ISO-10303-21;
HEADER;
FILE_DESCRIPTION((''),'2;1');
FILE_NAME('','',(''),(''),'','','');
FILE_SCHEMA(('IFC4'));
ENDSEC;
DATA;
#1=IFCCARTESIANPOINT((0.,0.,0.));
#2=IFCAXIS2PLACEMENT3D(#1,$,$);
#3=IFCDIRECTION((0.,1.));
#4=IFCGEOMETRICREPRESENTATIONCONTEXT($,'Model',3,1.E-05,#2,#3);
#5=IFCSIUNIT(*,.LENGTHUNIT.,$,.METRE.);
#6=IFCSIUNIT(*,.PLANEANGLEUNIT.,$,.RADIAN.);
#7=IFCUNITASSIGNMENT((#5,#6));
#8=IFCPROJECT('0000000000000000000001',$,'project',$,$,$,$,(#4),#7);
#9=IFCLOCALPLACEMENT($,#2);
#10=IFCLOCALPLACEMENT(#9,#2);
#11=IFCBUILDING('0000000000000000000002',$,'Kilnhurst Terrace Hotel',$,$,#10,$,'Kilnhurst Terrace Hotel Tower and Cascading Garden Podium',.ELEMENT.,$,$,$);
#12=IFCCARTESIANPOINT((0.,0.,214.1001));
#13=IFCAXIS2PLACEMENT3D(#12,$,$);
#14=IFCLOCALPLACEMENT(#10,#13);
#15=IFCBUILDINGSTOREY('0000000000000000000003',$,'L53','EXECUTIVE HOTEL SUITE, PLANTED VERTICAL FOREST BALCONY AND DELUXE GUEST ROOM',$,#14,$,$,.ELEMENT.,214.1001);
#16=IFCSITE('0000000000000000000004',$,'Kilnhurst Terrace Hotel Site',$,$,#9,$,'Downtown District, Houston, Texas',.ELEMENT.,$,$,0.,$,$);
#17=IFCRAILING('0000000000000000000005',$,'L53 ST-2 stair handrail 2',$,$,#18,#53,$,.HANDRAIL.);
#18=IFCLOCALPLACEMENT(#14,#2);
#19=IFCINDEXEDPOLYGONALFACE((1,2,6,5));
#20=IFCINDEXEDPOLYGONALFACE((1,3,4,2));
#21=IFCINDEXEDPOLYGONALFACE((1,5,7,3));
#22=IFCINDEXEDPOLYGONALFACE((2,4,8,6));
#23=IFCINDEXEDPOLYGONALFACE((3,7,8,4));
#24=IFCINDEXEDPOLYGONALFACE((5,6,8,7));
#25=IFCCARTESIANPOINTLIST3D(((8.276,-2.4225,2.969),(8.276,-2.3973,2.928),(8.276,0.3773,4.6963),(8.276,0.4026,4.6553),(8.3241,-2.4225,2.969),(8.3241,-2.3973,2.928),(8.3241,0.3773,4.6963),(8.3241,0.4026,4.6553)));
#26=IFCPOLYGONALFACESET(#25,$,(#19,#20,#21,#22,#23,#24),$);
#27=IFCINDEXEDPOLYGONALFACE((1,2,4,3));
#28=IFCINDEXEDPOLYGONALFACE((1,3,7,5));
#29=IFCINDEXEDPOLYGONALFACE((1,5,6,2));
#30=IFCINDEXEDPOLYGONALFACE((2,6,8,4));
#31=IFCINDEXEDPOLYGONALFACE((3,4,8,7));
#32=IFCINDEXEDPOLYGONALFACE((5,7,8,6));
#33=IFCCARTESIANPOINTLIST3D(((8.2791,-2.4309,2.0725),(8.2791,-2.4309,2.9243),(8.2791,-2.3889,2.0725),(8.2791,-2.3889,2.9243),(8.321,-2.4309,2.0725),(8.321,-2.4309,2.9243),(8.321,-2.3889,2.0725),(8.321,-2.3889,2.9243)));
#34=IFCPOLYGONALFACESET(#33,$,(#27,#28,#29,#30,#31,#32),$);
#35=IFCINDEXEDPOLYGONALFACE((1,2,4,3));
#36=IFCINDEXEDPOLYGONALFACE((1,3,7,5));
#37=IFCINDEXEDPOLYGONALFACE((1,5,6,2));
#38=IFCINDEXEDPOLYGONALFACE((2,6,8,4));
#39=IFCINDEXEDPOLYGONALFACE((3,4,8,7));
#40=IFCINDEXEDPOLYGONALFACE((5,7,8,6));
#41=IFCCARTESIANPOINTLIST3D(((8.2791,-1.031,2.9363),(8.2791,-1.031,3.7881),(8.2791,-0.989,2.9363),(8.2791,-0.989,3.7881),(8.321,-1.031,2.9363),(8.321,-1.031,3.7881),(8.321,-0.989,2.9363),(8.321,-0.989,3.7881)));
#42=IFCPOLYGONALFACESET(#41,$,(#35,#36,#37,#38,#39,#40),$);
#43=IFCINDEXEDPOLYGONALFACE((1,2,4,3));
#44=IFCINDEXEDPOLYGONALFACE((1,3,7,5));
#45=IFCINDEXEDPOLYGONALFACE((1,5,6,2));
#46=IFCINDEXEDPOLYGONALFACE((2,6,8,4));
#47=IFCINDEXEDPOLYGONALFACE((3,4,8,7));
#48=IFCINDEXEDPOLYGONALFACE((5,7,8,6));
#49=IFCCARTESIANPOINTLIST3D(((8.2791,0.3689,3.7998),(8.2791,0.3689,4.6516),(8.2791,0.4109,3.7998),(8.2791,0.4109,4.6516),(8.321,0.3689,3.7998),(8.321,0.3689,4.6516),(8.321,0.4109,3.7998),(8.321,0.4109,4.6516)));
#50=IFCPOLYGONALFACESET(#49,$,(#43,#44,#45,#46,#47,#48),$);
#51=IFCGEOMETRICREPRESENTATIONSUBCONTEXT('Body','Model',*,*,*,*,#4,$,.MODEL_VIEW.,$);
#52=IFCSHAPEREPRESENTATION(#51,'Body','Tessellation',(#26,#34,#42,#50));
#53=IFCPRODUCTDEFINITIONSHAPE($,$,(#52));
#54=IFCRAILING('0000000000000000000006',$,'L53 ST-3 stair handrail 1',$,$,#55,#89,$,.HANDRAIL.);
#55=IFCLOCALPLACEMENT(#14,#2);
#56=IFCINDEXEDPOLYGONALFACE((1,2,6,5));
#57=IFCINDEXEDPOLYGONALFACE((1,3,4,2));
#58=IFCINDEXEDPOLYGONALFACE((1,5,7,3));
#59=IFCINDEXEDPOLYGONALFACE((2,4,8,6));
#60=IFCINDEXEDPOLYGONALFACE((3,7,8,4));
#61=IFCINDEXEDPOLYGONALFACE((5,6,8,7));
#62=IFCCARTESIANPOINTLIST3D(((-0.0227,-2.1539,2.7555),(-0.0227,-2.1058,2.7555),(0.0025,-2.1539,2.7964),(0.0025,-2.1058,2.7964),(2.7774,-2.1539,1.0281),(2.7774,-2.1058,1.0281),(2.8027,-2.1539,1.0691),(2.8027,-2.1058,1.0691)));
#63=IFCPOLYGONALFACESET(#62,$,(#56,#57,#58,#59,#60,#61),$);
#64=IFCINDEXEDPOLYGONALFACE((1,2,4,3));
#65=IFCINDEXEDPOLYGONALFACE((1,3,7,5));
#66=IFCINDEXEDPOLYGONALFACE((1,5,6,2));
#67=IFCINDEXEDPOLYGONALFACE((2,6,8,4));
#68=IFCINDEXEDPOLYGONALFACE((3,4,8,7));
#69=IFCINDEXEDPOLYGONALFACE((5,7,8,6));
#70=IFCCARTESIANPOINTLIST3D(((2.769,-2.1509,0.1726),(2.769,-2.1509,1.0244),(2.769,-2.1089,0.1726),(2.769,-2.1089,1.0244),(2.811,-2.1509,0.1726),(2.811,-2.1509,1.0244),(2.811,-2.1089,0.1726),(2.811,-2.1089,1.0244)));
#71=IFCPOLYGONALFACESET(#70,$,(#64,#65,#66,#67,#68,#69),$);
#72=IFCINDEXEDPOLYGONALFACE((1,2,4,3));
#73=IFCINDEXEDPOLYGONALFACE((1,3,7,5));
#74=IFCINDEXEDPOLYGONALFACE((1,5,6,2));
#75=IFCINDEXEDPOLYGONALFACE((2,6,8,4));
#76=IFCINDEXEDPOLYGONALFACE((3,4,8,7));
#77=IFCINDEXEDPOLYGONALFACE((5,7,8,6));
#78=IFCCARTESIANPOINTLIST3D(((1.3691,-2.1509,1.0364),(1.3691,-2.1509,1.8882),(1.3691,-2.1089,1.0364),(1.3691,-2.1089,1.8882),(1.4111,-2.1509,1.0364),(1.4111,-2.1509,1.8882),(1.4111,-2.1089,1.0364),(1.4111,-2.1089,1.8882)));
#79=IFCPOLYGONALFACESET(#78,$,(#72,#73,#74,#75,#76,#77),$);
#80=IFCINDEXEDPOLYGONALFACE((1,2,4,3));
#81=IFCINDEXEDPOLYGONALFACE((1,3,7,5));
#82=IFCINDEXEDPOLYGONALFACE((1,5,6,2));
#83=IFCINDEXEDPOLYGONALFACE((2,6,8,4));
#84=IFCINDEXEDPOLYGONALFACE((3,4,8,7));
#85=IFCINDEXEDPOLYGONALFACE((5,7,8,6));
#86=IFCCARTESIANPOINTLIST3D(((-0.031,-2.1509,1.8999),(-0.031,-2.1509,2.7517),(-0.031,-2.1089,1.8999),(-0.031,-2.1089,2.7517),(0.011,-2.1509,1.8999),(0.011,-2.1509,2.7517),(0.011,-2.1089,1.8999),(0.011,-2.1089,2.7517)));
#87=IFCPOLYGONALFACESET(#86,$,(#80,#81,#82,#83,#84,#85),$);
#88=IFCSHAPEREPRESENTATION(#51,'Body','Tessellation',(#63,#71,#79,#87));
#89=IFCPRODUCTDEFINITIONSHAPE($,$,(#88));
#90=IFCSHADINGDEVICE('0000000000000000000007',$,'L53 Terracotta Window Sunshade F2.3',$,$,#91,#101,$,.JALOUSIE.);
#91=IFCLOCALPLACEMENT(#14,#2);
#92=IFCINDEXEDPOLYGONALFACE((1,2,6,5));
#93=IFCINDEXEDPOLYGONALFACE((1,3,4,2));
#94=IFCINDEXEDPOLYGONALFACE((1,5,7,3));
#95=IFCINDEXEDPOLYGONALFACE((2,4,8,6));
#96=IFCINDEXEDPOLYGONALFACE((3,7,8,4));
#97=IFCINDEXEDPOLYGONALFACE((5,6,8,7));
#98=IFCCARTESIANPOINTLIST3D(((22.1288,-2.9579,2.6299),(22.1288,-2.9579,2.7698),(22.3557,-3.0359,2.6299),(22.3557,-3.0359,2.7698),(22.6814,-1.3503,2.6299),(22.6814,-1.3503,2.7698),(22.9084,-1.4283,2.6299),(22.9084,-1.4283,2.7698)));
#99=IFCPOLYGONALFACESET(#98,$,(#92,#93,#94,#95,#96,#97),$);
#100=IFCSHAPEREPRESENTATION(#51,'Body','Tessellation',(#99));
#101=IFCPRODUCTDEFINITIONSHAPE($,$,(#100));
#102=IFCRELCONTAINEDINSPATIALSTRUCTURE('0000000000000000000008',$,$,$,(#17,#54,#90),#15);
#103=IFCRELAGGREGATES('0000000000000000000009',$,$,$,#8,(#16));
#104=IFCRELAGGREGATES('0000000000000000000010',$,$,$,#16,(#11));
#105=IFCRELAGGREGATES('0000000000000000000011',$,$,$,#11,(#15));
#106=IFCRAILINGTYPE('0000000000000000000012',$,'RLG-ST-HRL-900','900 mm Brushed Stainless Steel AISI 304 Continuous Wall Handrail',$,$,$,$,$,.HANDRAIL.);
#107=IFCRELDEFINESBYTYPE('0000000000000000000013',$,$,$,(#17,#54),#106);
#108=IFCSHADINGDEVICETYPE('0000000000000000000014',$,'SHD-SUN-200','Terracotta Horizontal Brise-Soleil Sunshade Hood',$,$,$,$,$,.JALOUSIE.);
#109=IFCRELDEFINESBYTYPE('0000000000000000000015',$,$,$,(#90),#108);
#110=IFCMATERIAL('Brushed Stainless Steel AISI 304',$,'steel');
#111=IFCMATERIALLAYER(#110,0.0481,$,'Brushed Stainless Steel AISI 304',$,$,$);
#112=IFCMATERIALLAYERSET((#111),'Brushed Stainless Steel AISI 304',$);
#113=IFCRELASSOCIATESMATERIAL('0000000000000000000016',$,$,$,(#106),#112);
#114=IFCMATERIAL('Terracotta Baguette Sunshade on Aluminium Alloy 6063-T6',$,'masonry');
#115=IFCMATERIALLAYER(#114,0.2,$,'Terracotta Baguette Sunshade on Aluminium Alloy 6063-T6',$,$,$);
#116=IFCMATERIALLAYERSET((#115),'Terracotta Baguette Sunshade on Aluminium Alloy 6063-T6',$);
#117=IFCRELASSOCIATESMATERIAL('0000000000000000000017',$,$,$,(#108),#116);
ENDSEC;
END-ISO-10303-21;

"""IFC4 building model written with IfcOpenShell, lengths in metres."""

from ifc_helpers import new_model, si_unit, direction, frame, origin, origin_2d, place, context, subcontext, project, spatial, rectangle, extrude, material, layer, layer_set, type_object, element, save


model = new_model("IFC4")

# Units and contexts
model_context = context("Model", 3, precision=1e-05, world=origin(), true_north=direction((0.0, 1.0)))
body_context = subcontext(model_context, "Body", "Model", "MODEL_VIEW")
ifc_project = project(units=[si_unit("LENGTHUNIT", "METRE"), si_unit("PLANEANGLEUNIT", "RADIAN")], contexts=[model_context])

# Site, building, storey
site_placement = place(None, origin())
site = spatial("IfcSite", under=ifc_project, at=site_placement, Name="Kilnhurst Terrace Hotel Site", LongName="Downtown District, Houston, Texas", CompositionType="ELEMENT", RefElevation=0.0)
building_placement = place(site_placement, origin())
building = spatial("IfcBuilding", under=site, at=building_placement, Name="Kilnhurst Terrace Hotel", LongName="Kilnhurst Terrace Hotel Tower and Cascading Garden Podium", CompositionType="ELEMENT")
storey_placement = place(building_placement, frame((0.0, 0.0, 214.1001)))
storey = spatial("IfcBuildingStorey", under=building, at=storey_placement, Name="L53", Description="EXECUTIVE HOTEL SUITE, PLANTED VERTICAL FOREST BALCONY AND DELUXE GUEST ROOM", CompositionType="ELEMENT", Elevation=214.1001)

# Railings
ifc_material_1 = material(Name="Brushed Stainless Steel AISI 304", Category="steel")
ifc_layer_1 = layer(ifc_material_1, 0.0481, Name="Brushed Stainless Steel AISI 304")
ifc_layer_set_1 = layer_set([ifc_layer_1], Name="Brushed Stainless Steel AISI 304")
railing_type_1 = type_object("IfcRailingType", Name="RLG-ST-HRL-900", Description="900 mm Brushed Stainless Steel AISI 304 Continuous Wall Handrail", PredefinedType="HANDRAIL", material=ifc_layer_set_1)
railing_1_placement = place(storey_placement, frame((8.3, -2.4099, 2.0725)))
element("IfcRailing", 1, at=railing_1_placement, inside=storey, type_object=railing_type_1, Name="L53 ST-2 stair handrail 2", PredefinedType="HANDRAIL", context=body_context, shape_type="SweptSolid", body=[
    extrude(rectangle(XDim=0.0481, YDim=0.0481, at=origin_2d()), frame((0.0, 0.0, 0.876), z_axis=(0.0, 0.851069, 0.525054), x_axis=(-1.0, 0.0, 0.0)), (0.0, 0.0, 1.0), 3.2898),
    extrude(rectangle(XDim=0.042, YDim=0.042, at=origin_2d()), origin(), (0.0, 0.0, 1.0), 0.8518),
    extrude(rectangle(XDim=0.042, YDim=0.042, at=origin_2d()), frame((0.0, 1.3999, 0.8638)), (0.0, 0.0, 1.0), 0.8518),
    extrude(rectangle(XDim=0.042, YDim=0.042, at=origin_2d()), frame((0.0, 2.7998, 1.7273)), (0.0, 0.0, 1.0), 0.8518),
])
railing_2_placement = place(storey_placement, frame((2.79, -2.1299, 0.1726)))
element("IfcRailing", 2, at=railing_2_placement, inside=storey, type_object=railing_type_1, Name="L53 ST-3 stair handrail 1", PredefinedType="HANDRAIL", context=body_context, shape_type="SweptSolid", body=[
    extrude(rectangle(XDim=0.0481, YDim=0.0481, at=origin_2d()), frame((0.0, 0.0, 0.876), z_axis=(-0.85109, 0.0, 0.52502), x_axis=(0.0, -1.0, 0.0)), (0.0, 0.0, 1.0), 3.29),
    extrude(rectangle(XDim=0.042, YDim=0.042, at=origin_2d()), origin(), (0.0, 0.0, 1.0), 0.8518),
    extrude(rectangle(XDim=0.042, YDim=0.042, at=origin_2d()), frame((-1.3999, 0.0, 0.8638)), (0.0, 0.0, 1.0), 0.8518),
    extrude(rectangle(XDim=0.042, YDim=0.042, at=origin_2d()), frame((-2.8, 0.0, 1.7273)), (0.0, 0.0, 1.0), 0.8518),
])

# Shading device
ifc_material_2 = material(Name="Terracotta Baguette Sunshade on Aluminium Alloy 6063-T6", Category="masonry")
ifc_layer_2 = layer(ifc_material_2, 0.2, Name="Terracotta Baguette Sunshade on Aluminium Alloy 6063-T6")
ifc_layer_set_2 = layer_set([ifc_layer_2], Name="Terracotta Baguette Sunshade on Aluminium Alloy 6063-T6")
shading_device_type = type_object("IfcShadingDeviceType", Name="SHD-SUN-200", Description="Terracotta Horizontal Brise-Soleil Sunshade Hood", PredefinedType="JALOUSIE", material=ifc_layer_set_2)
shading_device_placement = place(storey_placement, frame((22.5186, -2.1931, 2.6299), z_axis=(0.0, 0.0, 1.0), x_axis=(0.32509, 0.945683, 0.0)))
element("IfcShadingDevice", 3, at=shading_device_placement, inside=storey, type_object=shading_device_type, Name="L53 Terracotta Window Sunshade F2.3", PredefinedType="JALOUSIE", context=body_context, shape_type="SweptSolid", body=[
    extrude(rectangle(XDim=1.7, YDim=0.24, at=origin_2d()), origin(), (0.0, 0.0, 1.0), 0.1399),
])

save(model, "model.ifc")
